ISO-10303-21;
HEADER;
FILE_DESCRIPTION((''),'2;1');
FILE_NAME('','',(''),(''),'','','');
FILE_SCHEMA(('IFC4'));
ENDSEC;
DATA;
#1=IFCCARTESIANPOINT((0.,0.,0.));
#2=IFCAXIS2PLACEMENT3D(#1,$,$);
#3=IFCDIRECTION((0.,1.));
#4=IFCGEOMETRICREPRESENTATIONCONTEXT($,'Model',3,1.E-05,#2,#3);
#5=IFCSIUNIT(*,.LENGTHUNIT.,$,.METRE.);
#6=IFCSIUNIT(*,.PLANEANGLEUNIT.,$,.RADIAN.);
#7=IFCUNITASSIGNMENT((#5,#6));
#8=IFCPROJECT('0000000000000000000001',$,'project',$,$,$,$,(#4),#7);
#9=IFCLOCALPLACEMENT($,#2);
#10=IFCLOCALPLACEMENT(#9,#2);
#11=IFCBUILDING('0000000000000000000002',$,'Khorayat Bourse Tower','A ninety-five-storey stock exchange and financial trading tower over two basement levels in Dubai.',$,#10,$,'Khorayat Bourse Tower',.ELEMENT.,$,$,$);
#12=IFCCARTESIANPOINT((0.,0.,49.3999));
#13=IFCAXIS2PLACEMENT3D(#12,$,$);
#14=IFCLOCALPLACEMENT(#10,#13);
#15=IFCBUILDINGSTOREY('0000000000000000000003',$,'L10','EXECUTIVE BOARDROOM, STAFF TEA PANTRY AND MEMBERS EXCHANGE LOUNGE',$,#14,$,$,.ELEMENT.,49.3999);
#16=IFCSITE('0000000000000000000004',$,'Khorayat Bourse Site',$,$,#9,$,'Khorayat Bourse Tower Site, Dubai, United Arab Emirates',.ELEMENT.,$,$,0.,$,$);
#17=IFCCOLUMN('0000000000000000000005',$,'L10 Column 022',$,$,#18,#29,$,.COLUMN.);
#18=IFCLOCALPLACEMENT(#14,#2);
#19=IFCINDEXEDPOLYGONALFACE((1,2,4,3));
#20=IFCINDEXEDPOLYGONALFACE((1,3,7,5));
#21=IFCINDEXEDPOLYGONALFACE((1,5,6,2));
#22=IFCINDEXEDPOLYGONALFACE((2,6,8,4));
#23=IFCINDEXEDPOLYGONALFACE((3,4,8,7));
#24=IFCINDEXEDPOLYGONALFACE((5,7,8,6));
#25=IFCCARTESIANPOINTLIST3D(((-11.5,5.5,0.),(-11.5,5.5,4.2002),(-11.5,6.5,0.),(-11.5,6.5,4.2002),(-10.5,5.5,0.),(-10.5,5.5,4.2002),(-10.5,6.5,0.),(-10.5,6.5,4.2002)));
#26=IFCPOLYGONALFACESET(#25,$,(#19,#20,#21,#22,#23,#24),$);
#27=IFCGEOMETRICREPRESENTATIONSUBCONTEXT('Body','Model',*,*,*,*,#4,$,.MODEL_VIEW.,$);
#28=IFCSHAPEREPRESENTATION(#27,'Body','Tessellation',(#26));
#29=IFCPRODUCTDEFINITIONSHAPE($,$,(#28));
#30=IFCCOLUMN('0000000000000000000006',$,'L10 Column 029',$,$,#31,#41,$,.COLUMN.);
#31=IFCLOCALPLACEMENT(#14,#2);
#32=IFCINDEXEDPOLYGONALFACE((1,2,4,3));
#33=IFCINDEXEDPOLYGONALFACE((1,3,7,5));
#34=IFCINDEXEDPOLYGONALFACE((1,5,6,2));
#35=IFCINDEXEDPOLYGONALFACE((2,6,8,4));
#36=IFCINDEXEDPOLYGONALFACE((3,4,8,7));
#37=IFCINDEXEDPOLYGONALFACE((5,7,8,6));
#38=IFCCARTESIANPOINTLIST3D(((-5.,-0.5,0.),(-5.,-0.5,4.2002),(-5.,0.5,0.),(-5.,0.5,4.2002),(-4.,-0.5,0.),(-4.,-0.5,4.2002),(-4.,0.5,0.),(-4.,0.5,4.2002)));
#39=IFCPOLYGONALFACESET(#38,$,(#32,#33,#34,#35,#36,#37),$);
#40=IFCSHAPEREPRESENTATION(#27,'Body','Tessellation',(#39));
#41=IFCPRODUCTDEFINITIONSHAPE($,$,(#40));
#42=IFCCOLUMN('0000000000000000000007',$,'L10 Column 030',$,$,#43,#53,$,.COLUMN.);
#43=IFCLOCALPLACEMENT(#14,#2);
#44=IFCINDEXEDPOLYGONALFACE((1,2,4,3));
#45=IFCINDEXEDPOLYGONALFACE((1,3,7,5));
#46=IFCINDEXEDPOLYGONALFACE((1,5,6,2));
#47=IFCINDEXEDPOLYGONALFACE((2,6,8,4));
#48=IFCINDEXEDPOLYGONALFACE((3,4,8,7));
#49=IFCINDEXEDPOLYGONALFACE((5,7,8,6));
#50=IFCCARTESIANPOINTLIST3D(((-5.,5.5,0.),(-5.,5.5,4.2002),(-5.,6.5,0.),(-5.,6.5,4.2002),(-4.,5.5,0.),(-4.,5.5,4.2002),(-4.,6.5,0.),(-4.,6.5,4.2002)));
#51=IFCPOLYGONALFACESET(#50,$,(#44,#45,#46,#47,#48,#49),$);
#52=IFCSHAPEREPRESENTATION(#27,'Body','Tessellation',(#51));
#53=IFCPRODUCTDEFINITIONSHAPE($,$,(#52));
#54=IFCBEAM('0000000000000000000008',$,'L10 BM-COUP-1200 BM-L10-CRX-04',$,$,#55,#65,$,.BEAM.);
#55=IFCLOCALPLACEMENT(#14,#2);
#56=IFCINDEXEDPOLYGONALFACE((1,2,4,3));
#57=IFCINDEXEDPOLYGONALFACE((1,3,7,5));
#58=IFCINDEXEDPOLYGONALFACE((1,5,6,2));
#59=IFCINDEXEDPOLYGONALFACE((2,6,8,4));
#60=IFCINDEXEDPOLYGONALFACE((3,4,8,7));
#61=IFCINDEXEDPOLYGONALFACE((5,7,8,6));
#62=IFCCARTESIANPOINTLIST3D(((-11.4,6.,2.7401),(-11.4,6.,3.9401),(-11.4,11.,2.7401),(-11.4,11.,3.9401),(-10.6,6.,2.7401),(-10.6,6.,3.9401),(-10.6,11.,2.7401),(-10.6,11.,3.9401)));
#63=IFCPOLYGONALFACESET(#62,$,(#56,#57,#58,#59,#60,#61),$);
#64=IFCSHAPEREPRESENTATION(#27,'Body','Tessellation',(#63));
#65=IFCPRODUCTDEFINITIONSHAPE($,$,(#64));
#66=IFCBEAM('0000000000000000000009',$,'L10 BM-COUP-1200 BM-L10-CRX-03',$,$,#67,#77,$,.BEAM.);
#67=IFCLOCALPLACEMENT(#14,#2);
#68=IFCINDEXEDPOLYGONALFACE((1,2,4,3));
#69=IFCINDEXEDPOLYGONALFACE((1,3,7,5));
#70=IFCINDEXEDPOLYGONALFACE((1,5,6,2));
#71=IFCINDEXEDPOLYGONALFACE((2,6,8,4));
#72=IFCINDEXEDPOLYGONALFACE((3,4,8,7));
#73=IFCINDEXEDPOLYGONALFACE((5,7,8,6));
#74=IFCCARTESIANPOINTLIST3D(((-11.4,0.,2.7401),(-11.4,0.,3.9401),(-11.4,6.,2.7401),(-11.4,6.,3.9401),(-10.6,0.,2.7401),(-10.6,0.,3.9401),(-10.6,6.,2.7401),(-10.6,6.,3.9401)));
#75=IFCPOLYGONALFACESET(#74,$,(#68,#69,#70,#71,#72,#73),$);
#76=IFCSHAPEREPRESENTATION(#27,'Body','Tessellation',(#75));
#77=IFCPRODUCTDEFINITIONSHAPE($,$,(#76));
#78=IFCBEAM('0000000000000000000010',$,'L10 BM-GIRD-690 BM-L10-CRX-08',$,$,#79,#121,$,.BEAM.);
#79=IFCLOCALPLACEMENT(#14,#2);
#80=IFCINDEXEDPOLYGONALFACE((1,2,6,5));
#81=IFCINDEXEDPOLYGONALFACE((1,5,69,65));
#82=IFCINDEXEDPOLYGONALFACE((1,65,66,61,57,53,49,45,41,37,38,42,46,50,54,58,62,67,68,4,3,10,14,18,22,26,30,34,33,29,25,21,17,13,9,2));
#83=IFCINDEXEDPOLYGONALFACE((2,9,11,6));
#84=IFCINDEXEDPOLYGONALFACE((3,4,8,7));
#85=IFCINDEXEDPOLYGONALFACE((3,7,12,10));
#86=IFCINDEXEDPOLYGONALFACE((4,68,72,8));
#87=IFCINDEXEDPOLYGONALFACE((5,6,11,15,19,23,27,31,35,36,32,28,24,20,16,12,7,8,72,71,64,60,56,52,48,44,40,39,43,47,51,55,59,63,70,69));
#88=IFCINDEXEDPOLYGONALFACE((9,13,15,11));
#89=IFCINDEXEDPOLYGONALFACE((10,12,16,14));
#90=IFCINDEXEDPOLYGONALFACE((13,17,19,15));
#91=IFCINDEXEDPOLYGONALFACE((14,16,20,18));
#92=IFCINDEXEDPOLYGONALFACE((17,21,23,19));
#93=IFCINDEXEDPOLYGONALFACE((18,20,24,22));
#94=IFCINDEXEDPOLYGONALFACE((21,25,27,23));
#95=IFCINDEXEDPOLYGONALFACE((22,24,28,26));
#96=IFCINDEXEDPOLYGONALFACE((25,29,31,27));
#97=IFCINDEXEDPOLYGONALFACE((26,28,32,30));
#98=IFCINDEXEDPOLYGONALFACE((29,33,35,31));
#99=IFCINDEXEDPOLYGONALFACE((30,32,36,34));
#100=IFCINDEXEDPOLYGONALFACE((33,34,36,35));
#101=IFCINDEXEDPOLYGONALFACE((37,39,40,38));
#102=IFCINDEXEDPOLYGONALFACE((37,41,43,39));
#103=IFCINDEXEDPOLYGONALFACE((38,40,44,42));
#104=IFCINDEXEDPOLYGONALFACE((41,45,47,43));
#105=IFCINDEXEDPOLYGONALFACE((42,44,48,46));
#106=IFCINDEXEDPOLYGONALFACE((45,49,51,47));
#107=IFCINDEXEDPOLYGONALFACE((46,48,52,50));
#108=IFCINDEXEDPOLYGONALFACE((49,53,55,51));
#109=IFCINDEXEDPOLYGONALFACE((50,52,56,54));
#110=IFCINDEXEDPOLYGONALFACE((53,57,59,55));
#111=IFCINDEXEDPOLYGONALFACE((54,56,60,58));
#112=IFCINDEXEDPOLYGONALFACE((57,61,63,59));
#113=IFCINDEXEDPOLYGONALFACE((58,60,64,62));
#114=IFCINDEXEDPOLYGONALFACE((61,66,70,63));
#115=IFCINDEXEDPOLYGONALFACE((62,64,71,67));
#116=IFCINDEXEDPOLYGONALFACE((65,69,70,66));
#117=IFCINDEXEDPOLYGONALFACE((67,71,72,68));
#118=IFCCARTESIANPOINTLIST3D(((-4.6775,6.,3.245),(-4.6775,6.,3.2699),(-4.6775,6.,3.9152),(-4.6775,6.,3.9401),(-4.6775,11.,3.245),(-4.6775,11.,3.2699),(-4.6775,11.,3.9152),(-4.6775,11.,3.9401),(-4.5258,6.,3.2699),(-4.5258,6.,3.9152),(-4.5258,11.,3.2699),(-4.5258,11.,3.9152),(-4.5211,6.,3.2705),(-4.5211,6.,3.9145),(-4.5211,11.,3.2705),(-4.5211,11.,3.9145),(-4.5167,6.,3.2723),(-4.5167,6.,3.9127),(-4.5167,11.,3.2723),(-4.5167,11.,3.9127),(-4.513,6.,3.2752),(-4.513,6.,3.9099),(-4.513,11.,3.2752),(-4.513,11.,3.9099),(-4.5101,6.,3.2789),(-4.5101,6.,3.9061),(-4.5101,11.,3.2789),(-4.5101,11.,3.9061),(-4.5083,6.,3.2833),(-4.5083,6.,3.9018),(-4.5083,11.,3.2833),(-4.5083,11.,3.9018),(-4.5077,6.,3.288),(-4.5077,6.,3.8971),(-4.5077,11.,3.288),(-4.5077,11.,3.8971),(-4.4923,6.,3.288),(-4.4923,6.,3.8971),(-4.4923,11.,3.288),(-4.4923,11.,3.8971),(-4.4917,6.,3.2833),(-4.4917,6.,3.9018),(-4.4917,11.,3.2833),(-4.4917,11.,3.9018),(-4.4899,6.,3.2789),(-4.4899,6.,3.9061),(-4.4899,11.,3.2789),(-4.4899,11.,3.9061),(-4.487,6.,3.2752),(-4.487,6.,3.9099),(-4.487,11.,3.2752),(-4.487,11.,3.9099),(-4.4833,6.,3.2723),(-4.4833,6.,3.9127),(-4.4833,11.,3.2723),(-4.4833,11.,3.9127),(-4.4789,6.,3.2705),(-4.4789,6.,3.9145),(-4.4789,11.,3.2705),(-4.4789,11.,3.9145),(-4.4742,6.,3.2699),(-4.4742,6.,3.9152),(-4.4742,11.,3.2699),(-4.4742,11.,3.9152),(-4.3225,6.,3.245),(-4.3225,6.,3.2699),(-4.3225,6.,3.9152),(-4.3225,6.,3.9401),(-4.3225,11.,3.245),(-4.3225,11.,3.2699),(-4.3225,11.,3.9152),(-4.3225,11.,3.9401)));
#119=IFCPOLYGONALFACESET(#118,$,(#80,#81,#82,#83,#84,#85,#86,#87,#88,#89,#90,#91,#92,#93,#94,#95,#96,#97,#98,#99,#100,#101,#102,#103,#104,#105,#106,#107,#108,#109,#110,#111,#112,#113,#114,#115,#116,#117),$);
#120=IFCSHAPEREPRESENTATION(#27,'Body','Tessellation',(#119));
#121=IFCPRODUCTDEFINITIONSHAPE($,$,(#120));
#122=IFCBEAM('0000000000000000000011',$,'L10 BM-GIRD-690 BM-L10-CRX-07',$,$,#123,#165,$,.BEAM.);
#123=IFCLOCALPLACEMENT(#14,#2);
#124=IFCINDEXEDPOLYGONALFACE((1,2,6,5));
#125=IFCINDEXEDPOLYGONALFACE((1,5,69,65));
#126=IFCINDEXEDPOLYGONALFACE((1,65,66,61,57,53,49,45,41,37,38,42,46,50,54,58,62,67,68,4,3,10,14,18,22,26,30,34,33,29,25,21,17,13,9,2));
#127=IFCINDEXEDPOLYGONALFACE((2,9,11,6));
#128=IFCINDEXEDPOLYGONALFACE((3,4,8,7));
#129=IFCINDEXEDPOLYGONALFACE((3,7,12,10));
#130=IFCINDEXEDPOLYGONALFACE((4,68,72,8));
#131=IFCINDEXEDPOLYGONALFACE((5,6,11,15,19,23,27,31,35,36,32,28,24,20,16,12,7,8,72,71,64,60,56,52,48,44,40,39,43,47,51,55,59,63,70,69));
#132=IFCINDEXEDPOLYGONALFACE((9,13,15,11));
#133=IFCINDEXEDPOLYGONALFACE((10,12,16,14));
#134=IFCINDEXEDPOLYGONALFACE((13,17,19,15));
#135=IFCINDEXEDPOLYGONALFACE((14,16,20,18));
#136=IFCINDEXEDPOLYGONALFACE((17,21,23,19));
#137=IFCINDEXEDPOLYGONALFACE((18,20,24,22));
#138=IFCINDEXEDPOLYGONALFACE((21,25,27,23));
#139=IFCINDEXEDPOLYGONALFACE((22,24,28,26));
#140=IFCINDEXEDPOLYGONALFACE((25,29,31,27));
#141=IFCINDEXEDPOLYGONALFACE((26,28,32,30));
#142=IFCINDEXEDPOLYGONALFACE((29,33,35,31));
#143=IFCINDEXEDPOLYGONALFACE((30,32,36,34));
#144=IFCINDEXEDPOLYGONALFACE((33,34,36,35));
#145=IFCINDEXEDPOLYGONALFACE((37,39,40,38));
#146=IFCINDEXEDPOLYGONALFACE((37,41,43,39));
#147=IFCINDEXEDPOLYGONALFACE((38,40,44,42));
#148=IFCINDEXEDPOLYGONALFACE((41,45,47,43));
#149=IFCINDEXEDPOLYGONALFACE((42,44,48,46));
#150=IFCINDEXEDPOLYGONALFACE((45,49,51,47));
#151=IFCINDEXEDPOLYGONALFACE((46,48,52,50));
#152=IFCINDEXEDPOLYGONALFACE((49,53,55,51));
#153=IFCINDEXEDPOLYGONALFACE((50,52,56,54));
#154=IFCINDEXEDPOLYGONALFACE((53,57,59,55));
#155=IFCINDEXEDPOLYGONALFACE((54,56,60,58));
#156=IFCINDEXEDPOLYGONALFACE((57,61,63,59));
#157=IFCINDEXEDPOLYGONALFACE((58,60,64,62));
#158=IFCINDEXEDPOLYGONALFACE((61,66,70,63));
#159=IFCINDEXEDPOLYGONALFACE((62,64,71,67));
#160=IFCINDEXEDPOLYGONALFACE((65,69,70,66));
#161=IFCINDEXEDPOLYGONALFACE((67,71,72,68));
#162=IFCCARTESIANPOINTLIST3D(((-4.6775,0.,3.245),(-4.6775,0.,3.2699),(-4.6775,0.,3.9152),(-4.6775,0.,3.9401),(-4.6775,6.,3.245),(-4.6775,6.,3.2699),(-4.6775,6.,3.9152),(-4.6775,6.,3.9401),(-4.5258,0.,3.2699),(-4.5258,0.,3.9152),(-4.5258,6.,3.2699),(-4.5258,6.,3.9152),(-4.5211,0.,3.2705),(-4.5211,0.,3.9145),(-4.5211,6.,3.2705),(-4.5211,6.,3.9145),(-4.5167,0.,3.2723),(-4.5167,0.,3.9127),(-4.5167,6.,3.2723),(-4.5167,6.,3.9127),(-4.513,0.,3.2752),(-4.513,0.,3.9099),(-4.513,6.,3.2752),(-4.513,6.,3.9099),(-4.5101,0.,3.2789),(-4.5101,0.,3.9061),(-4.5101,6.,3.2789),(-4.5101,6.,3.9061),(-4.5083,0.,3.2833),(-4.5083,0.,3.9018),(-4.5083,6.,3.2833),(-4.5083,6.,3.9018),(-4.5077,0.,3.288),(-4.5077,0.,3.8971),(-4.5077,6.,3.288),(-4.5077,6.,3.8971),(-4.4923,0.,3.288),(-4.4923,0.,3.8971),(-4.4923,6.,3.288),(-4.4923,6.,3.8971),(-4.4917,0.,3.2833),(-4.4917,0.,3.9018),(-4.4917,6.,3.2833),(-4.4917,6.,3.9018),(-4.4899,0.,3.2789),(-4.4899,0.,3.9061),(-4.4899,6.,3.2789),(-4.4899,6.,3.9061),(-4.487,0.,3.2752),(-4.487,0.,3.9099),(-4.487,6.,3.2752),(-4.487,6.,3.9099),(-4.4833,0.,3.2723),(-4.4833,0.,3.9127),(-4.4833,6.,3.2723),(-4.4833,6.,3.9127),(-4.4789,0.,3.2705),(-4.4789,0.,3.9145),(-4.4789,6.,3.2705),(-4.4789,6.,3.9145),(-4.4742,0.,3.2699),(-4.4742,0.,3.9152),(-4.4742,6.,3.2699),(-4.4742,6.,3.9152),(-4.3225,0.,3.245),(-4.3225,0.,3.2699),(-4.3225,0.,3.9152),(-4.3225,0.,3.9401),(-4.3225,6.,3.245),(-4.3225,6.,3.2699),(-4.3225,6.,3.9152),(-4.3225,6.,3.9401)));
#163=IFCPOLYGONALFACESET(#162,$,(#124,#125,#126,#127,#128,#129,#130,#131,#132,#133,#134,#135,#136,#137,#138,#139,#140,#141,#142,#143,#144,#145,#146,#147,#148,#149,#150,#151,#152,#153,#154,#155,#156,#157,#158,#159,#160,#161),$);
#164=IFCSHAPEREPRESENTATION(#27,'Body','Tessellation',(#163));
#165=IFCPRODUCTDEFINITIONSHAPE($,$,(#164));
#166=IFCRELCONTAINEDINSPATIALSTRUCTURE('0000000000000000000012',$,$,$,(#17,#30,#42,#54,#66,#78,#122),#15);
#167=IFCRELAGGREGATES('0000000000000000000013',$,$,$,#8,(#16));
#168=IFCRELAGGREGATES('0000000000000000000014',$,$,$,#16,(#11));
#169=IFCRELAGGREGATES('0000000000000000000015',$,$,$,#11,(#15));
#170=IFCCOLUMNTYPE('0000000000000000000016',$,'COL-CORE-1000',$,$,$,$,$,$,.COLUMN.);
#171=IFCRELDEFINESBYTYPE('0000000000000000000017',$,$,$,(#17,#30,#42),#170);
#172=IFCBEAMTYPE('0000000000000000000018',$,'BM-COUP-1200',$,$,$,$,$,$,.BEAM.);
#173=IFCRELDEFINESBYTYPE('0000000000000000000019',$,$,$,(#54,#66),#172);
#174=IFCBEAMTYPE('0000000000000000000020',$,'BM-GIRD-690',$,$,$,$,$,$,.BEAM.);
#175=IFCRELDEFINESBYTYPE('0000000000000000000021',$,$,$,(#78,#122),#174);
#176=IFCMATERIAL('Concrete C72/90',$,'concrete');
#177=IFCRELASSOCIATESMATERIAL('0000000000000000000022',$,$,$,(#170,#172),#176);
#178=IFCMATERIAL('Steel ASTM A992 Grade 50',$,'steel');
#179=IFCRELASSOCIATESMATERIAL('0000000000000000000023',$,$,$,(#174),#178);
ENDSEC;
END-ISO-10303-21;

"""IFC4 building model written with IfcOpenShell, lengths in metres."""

from ifc_helpers import new_model, si_unit, direction, frame, origin, origin_2d, place, context, subcontext, project, spatial, rectangle, i_section, extrude, source, transform, mapped, material, material_profile, profile_set, type_object, element, save


model = new_model("IFC4")

# Units and contexts
model_context = context("Model", 3, precision=1e-05, world=origin(), true_north=direction((0.0, 1.0)))
body_context = subcontext(model_context, "Body", "Model", "MODEL_VIEW")
ifc_project = project(units=[si_unit("LENGTHUNIT", "METRE"), si_unit("PLANEANGLEUNIT", "RADIAN")], contexts=[model_context])

# Site, building, storey
site_placement = place(None, origin())
site = spatial("IfcSite", under=ifc_project, at=site_placement, Name="Khorayat Bourse Site", LongName="Khorayat Bourse Tower Site, Dubai, United Arab Emirates", CompositionType="ELEMENT", RefElevation=0.0)
building_placement = place(site_placement, origin())
building = spatial("IfcBuilding", under=site, at=building_placement, Name="Khorayat Bourse Tower", Description="A ninety-five-storey stock exchange and financial trading tower over two basement levels in Dubai.", LongName="Khorayat Bourse Tower", CompositionType="ELEMENT")
storey_placement = place(building_placement, frame((0.0, 0.0, 49.3999)))
storey = spatial("IfcBuildingStorey", under=building, at=storey_placement, Name="L10", Description="EXECUTIVE BOARDROOM, STAFF TEA PANTRY AND MEMBERS EXCHANGE LOUNGE", CompositionType="ELEMENT", Elevation=49.3999)

# Columns
ifc_material_1 = material(Name="Concrete C72/90", Category="concrete")
ifc_material_profile_1 = material_profile(ifc_material_1, rectangle(XDim=1.0, YDim=1.0, at=origin_2d()), Name="RC 1000x1000")
ifc_profile_set_1 = profile_set([ifc_material_profile_1], Name="Concrete C72/90")
column_type = type_object("IfcColumnType", Name="COL-CORE-1000", PredefinedType="COLUMN", material=ifc_profile_set_1)
shared_shape_1 = source(origin(), body_context, "Body", "SweptSolid", [
    extrude(rectangle(XDim=1.0, YDim=1.0, at=origin_2d()), origin(), (0.0, 0.0, 1.0), 4.2002),
])
for number, where, z_axis, x_axis, name in (
    (1, (-11.0, 6.0, 0.0), (0.0, 0.0, 1.0), (1.0, 0.0, 0.0), "L10 Column 022"),
    (2, (-4.5, 0.0, 0.0), (0.0, 0.0, 1.0), (1.0, 0.0, 0.0), "L10 Column 029"),
    (3, (-4.5, 6.0, 0.0), (0.0, 0.0, 1.0), (1.0, 0.0, 0.0), "L10 Column 030"),
):
    element("IfcColumn", number, at=place(storey_placement, frame(where, z_axis=z_axis, x_axis=x_axis)), inside=storey, type_object=column_type, Name=name, PredefinedType="COLUMN", context=body_context, shape_type="MappedRepresentation", body=[
        mapped(shared_shape_1, transform((0.0, 0.0, 0.0), scale=1.0)),
    ])

# Beams
ifc_material_profile_2 = material_profile(ifc_material_1, rectangle(XDim=0.8, YDim=1.2, at=origin_2d()), Name="RC 800x1200")
ifc_profile_set_2 = profile_set([ifc_material_profile_2], Name="Concrete C72/90")
beam_type_1 = type_object("IfcBeamType", Name="BM-COUP-1200", PredefinedType="BEAM", material=ifc_profile_set_2)
shared_shape_2 = source(origin(), body_context, "Body", "SweptSolid", [
    extrude(rectangle(XDim=0.8, YDim=1.2, at=origin_2d()), origin(), (0.0, 0.0, 1.0), 5.0),
])
beam_1_placement = place(storey_placement, frame((-11.0, 6.0, 3.3401), z_axis=(0.0, 1.0, 0.0), x_axis=(-1.0, 0.0, 0.0)))
element("IfcBeam", 4, at=beam_1_placement, inside=storey, type_object=beam_type_1, Name="L10 BM-COUP-1200 BM-L10-CRX-04", PredefinedType="BEAM", context=body_context, shape_type="MappedRepresentation", body=[
    mapped(shared_shape_2, transform((0.0, 0.0, 0.0), scale=1.0)),
])
shared_shape_3 = source(origin(), body_context, "Body", "SweptSolid", [
    extrude(rectangle(XDim=0.8, YDim=1.2, at=origin_2d()), origin(), (0.0, 0.0, 1.0), 6.0),
])
beam_2_placement = place(storey_placement, frame((-11.0, 0.0, 3.3401), z_axis=(0.0, 1.0, 0.0), x_axis=(-1.0, 0.0, 0.0)))
element("IfcBeam", 5, at=beam_2_placement, inside=storey, type_object=beam_type_1, Name="L10 BM-COUP-1200 BM-L10-CRX-03", PredefinedType="BEAM", context=body_context, shape_type="MappedRepresentation", body=[
    mapped(shared_shape_3, transform((0.0, 0.0, 0.0), scale=1.0)),
])
ifc_material_2 = material(Name="Steel ASTM A992 Grade 50", Category="steel")
ifc_material_profile_3 = material_profile(ifc_material_2, i_section(OverallWidth=0.355, OverallDepth=0.6951, WebThickness=0.0154, FlangeThickness=0.0249, FilletRadius=0.0181, at=origin_2d()), Name="W690X217")
ifc_profile_set_3 = profile_set([ifc_material_profile_3], Name="Steel ASTM A992 Grade 50")
beam_type_2 = type_object("IfcBeamType", Name="BM-GIRD-690", PredefinedType="BEAM", material=ifc_profile_set_3)
shared_shape_4 = source(origin(), body_context, "Body", "SweptSolid", [
    extrude(i_section(OverallWidth=0.355, OverallDepth=0.6951, WebThickness=0.0154, FlangeThickness=0.0249, FilletRadius=0.0181, at=origin_2d()), origin(), (0.0, 0.0, 1.0), 5.0),
])
beam_3_placement = place(storey_placement, frame((-4.5, 6.0, 3.5925), z_axis=(0.0, 1.0, 0.0), x_axis=(-1.0, 0.0, 0.0)))
element("IfcBeam", 6, at=beam_3_placement, inside=storey, type_object=beam_type_2, Name="L10 BM-GIRD-690 BM-L10-CRX-08", PredefinedType="BEAM", context=body_context, shape_type="MappedRepresentation", body=[
    mapped(shared_shape_4, transform((0.0, 0.0, 0.0), scale=1.0)),
])
shared_shape_5 = source(origin(), body_context, "Body", "SweptSolid", [
    extrude(i_section(OverallWidth=0.355, OverallDepth=0.6951, WebThickness=0.0154, FlangeThickness=0.0249, FilletRadius=0.0181, at=origin_2d()), origin(), (0.0, 0.0, 1.0), 6.0),
])
beam_4_placement = place(storey_placement, frame((-4.5, 0.0, 3.5925), z_axis=(0.0, 1.0, 0.0), x_axis=(-1.0, 0.0, 0.0)))
element("IfcBeam", 7, at=beam_4_placement, inside=storey, type_object=beam_type_2, Name="L10 BM-GIRD-690 BM-L10-CRX-07", PredefinedType="BEAM", context=body_context, shape_type="MappedRepresentation", body=[
    mapped(shared_shape_5, transform((0.0, 0.0, 0.0), scale=1.0)),
])

save(model, "model.ifc")
